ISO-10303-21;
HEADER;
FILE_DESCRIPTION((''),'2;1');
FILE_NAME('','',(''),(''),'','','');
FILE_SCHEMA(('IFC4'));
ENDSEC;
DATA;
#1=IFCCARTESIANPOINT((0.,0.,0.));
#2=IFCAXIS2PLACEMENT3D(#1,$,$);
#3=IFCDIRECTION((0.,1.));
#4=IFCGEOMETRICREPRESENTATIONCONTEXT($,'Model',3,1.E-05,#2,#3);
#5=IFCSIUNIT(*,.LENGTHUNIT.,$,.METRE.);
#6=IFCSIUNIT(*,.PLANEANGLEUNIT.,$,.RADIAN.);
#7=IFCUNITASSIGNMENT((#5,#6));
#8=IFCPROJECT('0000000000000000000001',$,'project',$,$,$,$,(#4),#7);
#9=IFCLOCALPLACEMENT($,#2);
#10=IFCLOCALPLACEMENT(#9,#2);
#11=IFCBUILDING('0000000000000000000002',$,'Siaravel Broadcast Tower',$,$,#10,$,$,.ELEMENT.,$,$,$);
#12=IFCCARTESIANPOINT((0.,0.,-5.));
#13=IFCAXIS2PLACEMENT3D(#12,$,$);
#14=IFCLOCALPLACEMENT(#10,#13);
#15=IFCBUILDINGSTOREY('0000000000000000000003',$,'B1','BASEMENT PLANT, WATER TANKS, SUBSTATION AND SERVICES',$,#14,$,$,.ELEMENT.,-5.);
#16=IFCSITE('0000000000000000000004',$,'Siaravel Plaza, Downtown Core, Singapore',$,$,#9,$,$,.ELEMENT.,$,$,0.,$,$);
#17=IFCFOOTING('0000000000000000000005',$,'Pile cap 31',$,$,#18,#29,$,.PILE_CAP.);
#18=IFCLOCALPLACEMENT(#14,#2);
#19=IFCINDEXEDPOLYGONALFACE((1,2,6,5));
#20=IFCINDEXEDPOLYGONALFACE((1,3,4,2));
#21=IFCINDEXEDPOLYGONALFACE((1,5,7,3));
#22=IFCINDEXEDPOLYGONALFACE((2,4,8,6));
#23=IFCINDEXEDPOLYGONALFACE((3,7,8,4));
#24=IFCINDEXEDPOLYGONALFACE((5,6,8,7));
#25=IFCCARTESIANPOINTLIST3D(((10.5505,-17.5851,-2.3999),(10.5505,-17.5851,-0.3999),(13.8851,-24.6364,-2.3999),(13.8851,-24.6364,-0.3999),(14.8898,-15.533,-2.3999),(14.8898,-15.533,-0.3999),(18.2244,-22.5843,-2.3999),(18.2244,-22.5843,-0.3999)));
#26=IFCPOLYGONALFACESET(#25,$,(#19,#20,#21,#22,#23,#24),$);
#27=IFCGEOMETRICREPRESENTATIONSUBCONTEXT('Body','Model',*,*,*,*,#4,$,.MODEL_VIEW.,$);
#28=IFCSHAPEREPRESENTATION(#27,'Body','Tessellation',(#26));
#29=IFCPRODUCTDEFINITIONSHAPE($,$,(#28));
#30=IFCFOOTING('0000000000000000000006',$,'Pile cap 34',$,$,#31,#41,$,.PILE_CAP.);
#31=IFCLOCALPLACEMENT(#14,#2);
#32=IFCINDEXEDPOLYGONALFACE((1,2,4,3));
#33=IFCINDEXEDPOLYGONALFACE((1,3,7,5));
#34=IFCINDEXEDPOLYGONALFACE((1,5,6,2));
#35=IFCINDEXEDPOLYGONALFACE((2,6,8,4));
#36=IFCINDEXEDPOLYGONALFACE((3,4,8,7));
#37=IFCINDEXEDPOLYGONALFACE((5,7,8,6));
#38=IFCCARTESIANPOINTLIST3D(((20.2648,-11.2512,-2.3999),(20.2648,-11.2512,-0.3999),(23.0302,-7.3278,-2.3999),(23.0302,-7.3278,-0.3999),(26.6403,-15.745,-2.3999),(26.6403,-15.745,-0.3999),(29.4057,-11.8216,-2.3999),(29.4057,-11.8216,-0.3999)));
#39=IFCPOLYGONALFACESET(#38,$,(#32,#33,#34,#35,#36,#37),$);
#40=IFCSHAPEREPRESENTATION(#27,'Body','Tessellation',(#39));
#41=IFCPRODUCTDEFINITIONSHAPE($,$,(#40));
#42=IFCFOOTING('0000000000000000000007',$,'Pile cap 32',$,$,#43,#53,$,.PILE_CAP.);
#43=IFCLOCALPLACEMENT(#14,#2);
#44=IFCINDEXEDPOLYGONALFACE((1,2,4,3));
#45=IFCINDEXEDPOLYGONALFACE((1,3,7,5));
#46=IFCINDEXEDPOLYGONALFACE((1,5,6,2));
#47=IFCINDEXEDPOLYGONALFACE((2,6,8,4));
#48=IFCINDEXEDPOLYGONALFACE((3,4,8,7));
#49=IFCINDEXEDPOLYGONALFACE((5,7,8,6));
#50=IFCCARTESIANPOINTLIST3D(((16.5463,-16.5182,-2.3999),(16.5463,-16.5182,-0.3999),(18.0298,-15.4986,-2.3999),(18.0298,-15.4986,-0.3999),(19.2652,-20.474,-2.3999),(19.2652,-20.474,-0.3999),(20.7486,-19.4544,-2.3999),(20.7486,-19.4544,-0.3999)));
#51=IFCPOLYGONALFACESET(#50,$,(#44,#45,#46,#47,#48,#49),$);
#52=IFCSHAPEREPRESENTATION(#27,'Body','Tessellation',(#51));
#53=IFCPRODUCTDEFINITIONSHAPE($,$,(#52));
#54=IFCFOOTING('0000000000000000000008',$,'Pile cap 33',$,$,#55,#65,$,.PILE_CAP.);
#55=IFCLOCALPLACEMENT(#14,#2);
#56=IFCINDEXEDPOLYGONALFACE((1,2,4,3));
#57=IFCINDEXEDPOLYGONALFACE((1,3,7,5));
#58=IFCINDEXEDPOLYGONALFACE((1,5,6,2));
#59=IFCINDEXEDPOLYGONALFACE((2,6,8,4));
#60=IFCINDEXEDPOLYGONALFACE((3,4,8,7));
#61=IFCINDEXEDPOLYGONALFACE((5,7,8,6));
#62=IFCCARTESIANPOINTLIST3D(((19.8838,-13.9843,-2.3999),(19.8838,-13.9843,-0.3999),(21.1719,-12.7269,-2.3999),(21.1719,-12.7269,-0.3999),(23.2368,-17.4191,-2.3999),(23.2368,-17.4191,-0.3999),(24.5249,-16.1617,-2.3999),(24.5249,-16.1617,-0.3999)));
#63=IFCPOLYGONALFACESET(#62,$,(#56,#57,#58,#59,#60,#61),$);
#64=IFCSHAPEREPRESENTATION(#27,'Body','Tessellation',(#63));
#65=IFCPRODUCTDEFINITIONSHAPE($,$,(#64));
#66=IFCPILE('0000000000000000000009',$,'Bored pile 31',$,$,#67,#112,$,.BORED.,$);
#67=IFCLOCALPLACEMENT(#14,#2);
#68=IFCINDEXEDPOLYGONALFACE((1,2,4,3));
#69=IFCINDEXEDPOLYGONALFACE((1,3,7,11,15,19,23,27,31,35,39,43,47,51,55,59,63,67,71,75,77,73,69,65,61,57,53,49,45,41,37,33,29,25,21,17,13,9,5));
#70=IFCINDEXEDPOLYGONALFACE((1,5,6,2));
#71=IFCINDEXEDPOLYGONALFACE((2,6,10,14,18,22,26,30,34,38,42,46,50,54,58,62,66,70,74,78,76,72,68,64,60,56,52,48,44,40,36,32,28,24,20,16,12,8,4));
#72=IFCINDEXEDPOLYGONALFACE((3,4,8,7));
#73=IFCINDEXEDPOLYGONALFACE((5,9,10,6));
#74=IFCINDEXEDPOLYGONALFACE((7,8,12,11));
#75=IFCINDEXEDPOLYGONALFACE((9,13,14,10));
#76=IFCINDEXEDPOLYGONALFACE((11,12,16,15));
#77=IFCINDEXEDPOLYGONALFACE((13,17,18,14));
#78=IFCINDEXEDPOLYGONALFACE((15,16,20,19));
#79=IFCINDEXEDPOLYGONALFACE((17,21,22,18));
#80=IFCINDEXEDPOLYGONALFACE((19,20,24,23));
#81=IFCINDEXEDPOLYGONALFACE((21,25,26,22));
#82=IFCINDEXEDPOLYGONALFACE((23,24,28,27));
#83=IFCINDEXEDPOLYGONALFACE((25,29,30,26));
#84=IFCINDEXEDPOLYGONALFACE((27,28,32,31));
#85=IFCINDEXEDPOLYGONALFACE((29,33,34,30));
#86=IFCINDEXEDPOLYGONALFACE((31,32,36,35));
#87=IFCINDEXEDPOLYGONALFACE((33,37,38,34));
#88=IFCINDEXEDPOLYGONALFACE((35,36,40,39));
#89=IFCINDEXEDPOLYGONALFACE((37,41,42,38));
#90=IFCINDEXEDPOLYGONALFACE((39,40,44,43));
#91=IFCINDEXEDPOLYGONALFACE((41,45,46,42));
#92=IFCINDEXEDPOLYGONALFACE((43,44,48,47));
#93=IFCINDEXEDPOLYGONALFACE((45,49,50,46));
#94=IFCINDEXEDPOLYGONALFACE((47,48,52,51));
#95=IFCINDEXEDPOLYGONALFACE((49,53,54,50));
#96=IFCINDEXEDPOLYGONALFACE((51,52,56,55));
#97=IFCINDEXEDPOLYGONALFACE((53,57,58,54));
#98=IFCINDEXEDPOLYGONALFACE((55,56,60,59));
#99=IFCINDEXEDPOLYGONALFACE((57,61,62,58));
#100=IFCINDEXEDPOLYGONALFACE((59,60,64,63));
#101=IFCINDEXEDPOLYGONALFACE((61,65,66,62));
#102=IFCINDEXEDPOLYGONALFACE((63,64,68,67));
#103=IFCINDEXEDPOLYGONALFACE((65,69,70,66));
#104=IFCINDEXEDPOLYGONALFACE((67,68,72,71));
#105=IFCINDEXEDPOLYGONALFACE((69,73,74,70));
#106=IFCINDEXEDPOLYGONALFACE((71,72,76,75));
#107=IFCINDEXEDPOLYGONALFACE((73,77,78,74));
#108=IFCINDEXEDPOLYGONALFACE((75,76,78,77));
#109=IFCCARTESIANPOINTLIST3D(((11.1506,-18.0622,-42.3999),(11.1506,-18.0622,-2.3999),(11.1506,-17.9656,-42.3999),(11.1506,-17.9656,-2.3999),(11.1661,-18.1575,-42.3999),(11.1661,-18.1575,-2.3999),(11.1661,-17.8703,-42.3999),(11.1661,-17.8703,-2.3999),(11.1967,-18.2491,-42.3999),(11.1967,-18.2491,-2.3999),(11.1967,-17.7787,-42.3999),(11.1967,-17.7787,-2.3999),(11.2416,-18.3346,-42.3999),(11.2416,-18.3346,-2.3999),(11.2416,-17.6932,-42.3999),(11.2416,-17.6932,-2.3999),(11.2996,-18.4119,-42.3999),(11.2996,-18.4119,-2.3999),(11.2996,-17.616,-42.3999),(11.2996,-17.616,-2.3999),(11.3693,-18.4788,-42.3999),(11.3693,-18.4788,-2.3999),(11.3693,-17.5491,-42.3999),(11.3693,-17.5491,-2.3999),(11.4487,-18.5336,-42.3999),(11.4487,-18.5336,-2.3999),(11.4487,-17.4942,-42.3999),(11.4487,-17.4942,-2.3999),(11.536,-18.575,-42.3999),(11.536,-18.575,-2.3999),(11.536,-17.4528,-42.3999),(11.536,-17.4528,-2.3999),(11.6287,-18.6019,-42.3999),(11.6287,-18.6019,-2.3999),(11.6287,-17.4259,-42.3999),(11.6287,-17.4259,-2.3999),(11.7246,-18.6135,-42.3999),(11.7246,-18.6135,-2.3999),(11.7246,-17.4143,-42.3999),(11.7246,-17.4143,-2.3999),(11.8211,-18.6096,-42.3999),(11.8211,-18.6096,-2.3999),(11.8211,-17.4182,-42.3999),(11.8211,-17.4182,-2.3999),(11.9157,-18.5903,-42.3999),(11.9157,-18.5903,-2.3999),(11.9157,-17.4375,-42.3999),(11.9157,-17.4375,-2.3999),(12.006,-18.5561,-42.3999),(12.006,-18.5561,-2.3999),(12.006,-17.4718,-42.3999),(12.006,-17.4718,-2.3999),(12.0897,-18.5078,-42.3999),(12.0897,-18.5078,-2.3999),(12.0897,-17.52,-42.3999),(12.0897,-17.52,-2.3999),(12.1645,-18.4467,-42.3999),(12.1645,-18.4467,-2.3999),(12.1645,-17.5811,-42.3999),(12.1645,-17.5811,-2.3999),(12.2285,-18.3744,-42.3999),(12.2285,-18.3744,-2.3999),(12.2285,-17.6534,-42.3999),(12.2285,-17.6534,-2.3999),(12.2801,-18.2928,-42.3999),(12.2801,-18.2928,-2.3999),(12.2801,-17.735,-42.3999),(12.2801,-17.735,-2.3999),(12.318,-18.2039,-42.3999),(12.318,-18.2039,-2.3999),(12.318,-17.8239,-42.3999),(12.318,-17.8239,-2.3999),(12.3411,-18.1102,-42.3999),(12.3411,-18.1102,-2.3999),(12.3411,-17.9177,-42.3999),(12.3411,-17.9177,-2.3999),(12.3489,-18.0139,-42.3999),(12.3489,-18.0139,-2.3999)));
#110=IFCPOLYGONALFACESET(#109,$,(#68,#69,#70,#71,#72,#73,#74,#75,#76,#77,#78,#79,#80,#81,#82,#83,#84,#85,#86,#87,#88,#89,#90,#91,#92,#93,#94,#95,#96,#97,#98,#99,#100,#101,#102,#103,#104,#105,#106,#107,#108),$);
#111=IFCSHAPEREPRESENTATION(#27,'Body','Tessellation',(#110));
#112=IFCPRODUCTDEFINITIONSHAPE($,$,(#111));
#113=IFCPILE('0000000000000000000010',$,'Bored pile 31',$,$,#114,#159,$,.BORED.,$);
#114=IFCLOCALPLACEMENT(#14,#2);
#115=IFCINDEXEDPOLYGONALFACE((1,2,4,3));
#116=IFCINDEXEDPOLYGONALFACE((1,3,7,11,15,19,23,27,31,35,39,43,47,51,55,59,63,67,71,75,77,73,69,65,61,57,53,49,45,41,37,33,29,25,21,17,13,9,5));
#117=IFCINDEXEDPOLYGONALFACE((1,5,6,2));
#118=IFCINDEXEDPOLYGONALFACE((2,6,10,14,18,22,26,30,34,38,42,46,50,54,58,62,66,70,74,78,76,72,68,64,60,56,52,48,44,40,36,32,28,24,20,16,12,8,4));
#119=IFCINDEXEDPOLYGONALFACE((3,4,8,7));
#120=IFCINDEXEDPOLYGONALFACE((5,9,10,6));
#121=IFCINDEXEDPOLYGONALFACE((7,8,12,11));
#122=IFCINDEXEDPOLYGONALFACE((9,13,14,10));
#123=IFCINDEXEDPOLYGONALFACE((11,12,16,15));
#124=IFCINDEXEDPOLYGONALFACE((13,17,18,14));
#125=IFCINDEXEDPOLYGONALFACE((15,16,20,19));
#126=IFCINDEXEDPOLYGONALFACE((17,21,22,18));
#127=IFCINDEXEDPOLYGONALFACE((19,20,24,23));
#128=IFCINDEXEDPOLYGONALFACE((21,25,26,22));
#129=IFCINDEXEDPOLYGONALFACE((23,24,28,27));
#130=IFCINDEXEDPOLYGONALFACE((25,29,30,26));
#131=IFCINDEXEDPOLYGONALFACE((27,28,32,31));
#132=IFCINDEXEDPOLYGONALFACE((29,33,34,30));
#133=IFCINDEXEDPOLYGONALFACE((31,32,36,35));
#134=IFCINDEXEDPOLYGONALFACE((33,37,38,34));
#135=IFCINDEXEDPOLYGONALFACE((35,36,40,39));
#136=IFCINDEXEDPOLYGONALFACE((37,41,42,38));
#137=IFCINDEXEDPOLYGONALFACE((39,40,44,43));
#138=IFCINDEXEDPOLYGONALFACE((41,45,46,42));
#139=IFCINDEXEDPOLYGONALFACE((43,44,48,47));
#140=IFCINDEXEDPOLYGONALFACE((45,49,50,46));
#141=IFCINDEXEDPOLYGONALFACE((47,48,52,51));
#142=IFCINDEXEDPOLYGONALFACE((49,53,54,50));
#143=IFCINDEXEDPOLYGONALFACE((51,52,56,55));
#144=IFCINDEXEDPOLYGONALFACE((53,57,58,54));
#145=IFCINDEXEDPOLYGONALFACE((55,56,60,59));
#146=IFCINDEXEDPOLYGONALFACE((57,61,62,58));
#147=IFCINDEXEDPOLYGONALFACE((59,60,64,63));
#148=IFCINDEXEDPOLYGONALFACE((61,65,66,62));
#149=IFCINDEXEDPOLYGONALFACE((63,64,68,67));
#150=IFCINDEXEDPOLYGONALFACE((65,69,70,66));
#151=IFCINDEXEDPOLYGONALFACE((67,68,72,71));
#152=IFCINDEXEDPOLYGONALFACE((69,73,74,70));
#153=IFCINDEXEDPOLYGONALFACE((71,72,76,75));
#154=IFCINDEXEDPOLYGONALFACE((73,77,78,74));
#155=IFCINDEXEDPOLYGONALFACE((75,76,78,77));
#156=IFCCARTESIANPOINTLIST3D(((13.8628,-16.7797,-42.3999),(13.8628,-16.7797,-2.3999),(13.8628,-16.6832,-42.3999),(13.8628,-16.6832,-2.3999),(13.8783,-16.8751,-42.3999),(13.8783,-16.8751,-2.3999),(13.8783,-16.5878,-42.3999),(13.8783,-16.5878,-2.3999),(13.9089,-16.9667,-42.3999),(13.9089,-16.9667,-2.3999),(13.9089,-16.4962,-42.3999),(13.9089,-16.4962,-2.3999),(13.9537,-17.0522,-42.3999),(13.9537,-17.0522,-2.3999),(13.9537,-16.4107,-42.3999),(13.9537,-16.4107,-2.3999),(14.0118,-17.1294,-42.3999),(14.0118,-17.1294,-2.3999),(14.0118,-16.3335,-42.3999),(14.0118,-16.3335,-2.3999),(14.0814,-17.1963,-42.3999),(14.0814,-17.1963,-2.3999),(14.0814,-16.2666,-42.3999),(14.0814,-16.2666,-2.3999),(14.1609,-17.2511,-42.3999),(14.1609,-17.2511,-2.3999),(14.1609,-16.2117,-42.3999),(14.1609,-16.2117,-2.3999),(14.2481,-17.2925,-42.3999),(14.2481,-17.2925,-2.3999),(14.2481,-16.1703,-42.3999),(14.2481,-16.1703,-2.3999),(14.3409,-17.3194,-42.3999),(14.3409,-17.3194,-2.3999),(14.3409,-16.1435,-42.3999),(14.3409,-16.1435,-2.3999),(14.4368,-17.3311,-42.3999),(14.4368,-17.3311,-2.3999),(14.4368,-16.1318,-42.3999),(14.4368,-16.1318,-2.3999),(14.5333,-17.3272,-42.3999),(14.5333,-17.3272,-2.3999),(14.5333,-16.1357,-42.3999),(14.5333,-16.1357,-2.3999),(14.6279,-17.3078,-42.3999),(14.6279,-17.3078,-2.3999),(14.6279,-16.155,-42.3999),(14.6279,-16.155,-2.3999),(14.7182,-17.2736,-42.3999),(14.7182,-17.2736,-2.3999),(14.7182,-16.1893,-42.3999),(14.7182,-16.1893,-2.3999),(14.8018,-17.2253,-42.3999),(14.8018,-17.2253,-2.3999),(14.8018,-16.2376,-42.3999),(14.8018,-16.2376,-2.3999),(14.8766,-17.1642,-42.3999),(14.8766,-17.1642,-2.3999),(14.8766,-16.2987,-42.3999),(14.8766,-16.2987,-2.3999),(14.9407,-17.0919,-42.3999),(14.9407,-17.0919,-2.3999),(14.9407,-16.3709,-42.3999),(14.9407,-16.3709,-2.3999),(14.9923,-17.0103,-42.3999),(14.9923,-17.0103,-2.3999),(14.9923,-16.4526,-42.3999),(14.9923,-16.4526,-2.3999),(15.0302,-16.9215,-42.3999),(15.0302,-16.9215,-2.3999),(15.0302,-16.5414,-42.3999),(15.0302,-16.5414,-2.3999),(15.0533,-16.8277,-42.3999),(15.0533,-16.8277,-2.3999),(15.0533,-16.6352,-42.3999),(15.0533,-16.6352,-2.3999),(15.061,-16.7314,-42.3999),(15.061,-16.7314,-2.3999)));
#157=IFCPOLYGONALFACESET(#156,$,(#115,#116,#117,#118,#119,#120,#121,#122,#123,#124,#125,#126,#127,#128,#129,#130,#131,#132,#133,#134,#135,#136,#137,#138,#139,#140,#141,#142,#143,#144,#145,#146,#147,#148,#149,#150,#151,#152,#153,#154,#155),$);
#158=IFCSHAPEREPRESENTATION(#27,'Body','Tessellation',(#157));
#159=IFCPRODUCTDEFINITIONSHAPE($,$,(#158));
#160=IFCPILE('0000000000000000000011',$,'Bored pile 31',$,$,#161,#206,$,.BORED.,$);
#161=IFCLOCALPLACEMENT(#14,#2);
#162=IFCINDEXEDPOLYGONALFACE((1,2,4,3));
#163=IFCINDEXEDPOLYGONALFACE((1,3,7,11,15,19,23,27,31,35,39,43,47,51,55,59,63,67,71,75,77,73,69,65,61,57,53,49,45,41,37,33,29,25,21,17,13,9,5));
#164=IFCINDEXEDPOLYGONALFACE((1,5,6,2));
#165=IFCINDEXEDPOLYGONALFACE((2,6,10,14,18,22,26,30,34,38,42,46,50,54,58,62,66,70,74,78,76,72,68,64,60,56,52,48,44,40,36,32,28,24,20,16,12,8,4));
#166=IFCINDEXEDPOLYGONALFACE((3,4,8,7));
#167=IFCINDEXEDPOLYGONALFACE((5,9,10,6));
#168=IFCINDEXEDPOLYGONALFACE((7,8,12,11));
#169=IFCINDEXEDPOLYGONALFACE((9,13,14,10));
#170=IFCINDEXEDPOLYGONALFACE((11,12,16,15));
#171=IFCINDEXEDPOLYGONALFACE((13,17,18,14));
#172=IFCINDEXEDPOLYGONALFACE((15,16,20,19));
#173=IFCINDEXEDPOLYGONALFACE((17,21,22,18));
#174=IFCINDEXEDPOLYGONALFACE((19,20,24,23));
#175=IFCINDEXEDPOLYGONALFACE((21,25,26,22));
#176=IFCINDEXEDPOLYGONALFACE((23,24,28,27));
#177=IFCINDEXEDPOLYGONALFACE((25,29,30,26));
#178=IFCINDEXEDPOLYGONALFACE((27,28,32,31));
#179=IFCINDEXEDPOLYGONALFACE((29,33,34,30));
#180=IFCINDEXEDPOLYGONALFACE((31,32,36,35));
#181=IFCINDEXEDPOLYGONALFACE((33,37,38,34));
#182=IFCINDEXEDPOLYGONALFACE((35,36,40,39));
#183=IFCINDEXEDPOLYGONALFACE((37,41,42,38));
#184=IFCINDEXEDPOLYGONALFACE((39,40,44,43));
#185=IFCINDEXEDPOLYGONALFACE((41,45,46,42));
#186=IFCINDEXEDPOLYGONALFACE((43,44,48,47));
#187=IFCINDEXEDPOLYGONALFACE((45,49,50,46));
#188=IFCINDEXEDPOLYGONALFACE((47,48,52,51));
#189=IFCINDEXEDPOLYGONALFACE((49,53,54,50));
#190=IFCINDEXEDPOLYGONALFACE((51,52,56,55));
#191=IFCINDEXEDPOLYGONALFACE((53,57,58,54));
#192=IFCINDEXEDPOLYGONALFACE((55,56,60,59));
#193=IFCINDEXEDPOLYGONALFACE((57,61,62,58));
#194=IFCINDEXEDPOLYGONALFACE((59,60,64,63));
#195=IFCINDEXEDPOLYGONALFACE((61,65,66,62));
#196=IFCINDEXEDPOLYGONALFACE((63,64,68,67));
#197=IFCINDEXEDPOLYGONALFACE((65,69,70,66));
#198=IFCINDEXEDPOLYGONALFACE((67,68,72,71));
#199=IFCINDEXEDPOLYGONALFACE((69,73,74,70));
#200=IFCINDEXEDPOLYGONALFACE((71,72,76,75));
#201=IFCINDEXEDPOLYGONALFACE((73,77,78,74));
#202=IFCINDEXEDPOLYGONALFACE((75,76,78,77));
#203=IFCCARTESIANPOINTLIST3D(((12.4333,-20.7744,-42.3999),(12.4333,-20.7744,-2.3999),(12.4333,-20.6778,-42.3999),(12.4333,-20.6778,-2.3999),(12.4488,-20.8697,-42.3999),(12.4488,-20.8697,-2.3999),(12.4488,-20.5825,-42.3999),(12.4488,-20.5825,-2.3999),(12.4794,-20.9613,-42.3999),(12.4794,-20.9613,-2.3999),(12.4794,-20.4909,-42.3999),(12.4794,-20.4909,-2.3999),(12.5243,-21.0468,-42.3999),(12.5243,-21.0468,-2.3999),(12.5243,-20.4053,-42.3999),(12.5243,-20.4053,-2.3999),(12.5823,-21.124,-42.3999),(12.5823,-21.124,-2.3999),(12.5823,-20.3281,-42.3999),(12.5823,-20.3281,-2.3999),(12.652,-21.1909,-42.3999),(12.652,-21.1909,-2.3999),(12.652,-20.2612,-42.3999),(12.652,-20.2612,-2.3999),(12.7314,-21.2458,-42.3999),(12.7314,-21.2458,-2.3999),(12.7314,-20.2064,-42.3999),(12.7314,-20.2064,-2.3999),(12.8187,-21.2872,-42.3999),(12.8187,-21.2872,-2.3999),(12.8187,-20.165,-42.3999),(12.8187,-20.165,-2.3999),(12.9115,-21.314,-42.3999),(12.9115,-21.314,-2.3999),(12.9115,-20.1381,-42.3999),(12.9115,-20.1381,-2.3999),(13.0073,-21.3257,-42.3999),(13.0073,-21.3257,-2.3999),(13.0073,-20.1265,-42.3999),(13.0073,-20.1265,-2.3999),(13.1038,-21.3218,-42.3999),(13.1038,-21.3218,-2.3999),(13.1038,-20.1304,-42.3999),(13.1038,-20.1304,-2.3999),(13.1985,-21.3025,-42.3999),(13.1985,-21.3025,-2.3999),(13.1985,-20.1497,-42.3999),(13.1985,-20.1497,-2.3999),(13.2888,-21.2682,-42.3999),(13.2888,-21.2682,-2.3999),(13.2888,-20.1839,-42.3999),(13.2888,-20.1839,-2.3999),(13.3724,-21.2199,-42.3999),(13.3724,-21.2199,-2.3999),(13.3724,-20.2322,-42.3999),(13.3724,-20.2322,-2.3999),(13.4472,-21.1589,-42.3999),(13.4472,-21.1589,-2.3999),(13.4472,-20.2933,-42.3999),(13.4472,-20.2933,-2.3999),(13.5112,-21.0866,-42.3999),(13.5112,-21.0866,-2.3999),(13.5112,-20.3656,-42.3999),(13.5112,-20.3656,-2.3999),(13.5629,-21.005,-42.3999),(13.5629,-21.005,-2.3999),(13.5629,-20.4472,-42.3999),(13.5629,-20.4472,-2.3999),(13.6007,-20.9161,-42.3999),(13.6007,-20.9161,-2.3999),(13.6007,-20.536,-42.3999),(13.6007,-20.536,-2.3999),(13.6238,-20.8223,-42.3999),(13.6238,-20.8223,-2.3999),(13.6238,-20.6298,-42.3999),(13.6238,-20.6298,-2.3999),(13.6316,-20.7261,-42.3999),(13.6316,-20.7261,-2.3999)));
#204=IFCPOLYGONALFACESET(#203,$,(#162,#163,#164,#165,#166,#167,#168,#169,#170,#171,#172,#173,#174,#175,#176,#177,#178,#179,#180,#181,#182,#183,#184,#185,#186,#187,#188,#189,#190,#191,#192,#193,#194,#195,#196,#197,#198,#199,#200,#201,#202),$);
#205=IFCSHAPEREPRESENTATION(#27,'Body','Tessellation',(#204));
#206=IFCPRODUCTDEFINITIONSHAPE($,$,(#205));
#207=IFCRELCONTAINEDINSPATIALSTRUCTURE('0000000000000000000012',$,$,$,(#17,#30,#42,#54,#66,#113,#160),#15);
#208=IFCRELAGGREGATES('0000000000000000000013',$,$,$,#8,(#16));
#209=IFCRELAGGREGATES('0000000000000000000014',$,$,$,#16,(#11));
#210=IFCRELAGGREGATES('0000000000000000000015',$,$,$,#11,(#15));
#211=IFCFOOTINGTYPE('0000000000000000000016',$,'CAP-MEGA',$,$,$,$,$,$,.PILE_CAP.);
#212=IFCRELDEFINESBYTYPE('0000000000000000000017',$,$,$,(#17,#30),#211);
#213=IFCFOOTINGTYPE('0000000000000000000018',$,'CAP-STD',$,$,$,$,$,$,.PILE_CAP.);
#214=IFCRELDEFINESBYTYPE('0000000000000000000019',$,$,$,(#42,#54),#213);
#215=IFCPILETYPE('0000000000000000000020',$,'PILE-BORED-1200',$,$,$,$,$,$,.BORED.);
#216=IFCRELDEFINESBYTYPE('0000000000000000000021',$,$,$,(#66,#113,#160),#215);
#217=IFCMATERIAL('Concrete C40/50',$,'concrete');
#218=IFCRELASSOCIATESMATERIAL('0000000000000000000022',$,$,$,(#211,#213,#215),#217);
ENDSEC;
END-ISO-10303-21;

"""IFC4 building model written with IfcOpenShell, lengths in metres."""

from ifc_helpers import new_model, si_unit, direction, frame, origin, origin_2d, place, context, subcontext, project, spatial, rectangle, circle, extrude, material, material_profile, profile_set, type_object, element, save


model = new_model("IFC4")

# Units and contexts
model_context = context("Model", 3, precision=1e-05, world=origin(), true_north=direction((0.0, 1.0)))
body_context = subcontext(model_context, "Body", "Model", "MODEL_VIEW")
ifc_project = project(units=[si_unit("LENGTHUNIT", "METRE"), si_unit("PLANEANGLEUNIT", "RADIAN")], contexts=[model_context])

# Site, building, storey
site_placement = place(None, origin())
site = spatial("IfcSite", under=ifc_project, at=site_placement, Name="Siaravel Plaza, Downtown Core, Singapore", CompositionType="ELEMENT", RefElevation=0.0)
building_placement = place(site_placement, origin())
building = spatial("IfcBuilding", under=site, at=building_placement, Name="Siaravel Broadcast Tower", CompositionType="ELEMENT")
storey_placement = place(building_placement, frame((0.0, 0.0, -5.0)))
storey = spatial("IfcBuildingStorey", under=building, at=storey_placement, Name="B1", Description="BASEMENT PLANT, WATER TANKS, SUBSTATION AND SERVICES", CompositionType="ELEMENT", Elevation=-5.0)

# Footings
ifc_material_1 = material(Name="Concrete C40/50", Category="concrete")
footing_type_1 = type_object("IfcFootingType", Name="CAP-MEGA", PredefinedType="PILE_CAP", material=ifc_material_1)
for number, where, z_axis, x_axis, name in (
    (1, (14.3875, -20.0847, -2.3999), (0.0, 0.0, 1.0), (0.427516, -0.904008, 0.0), "Pile cap 31"),
    (2, (24.8352, -11.5364, -2.3999), (0.0, 0.0, 1.0), (0.817366, -0.576119, 0.0), "Pile cap 34"),
):
    element("IfcFooting", number, at=place(storey_placement, frame(where, z_axis=z_axis, x_axis=x_axis)), inside=storey, type_object=footing_type_1, Name=name, PredefinedType="PILE_CAP", context=body_context, shape_type="SweptSolid", body=[
        extrude(rectangle(XDim=7.8, YDim=4.8, at=origin_2d()), origin(), (0.0, 0.0, 1.0), 2.0),
    ])
footing_type_2 = type_object("IfcFootingType", Name="CAP-STD", PredefinedType="PILE_CAP", material=ifc_material_1)
for number, where, z_axis, x_axis, name in (
    (3, (18.6475, -17.9863, -2.3999), (0.0, 0.0, 1.0), (0.566421, -0.824116, 0.0), "Pile cap 32"),
    (4, (22.2043, -15.073, -2.3999), (0.0, 0.0, 1.0), (0.698528, -0.715583, 0.0), "Pile cap 33"),
):
    element("IfcFooting", number, at=place(storey_placement, frame(where, z_axis=z_axis, x_axis=x_axis)), inside=storey, type_object=footing_type_2, Name=name, PredefinedType="PILE_CAP", context=body_context, shape_type="SweptSolid", body=[
        extrude(rectangle(XDim=4.8, YDim=1.8, at=origin_2d()), origin(), (0.0, 0.0, 1.0), 2.0),
    ])

# Piles
ifc_material_profile_1 = material_profile(ifc_material_1, circle(Radius=0.6001, at=origin_2d()))
ifc_profile_set_1 = profile_set([ifc_material_profile_1], Name="Concrete C40/50")
pile_type = type_object("IfcPileType", Name="PILE-BORED-1200", PredefinedType="BORED", material=ifc_profile_set_1)
for number, where, z_axis, x_axis, name in (
    (5, (11.7488, -18.0139, -2.3999), (0.0, 0.0, -1.0), (1.0, 0.0, 0.0), "Bored pile 31"),
    (6, (14.4609, -16.7314, -2.3999), (0.0, 0.0, -1.0), (1.0, 0.0, 0.0), "Bored pile 31"),
    (7, (13.0315, -20.7261, -2.3999), (0.0, 0.0, -1.0), (1.0, 0.0, 0.0), "Bored pile 31"),
):
    element("IfcPile", number, at=place(storey_placement, frame(where, z_axis=z_axis, x_axis=x_axis)), inside=storey, type_object=pile_type, Name=name, PredefinedType="BORED", context=body_context, shape_type="SweptSolid", body=[
        extrude(circle(Radius=0.6001, at=origin_2d()), origin(), (0.0, 0.0, 1.0), 40.0),
    ])

save(model, "model.ifc")
